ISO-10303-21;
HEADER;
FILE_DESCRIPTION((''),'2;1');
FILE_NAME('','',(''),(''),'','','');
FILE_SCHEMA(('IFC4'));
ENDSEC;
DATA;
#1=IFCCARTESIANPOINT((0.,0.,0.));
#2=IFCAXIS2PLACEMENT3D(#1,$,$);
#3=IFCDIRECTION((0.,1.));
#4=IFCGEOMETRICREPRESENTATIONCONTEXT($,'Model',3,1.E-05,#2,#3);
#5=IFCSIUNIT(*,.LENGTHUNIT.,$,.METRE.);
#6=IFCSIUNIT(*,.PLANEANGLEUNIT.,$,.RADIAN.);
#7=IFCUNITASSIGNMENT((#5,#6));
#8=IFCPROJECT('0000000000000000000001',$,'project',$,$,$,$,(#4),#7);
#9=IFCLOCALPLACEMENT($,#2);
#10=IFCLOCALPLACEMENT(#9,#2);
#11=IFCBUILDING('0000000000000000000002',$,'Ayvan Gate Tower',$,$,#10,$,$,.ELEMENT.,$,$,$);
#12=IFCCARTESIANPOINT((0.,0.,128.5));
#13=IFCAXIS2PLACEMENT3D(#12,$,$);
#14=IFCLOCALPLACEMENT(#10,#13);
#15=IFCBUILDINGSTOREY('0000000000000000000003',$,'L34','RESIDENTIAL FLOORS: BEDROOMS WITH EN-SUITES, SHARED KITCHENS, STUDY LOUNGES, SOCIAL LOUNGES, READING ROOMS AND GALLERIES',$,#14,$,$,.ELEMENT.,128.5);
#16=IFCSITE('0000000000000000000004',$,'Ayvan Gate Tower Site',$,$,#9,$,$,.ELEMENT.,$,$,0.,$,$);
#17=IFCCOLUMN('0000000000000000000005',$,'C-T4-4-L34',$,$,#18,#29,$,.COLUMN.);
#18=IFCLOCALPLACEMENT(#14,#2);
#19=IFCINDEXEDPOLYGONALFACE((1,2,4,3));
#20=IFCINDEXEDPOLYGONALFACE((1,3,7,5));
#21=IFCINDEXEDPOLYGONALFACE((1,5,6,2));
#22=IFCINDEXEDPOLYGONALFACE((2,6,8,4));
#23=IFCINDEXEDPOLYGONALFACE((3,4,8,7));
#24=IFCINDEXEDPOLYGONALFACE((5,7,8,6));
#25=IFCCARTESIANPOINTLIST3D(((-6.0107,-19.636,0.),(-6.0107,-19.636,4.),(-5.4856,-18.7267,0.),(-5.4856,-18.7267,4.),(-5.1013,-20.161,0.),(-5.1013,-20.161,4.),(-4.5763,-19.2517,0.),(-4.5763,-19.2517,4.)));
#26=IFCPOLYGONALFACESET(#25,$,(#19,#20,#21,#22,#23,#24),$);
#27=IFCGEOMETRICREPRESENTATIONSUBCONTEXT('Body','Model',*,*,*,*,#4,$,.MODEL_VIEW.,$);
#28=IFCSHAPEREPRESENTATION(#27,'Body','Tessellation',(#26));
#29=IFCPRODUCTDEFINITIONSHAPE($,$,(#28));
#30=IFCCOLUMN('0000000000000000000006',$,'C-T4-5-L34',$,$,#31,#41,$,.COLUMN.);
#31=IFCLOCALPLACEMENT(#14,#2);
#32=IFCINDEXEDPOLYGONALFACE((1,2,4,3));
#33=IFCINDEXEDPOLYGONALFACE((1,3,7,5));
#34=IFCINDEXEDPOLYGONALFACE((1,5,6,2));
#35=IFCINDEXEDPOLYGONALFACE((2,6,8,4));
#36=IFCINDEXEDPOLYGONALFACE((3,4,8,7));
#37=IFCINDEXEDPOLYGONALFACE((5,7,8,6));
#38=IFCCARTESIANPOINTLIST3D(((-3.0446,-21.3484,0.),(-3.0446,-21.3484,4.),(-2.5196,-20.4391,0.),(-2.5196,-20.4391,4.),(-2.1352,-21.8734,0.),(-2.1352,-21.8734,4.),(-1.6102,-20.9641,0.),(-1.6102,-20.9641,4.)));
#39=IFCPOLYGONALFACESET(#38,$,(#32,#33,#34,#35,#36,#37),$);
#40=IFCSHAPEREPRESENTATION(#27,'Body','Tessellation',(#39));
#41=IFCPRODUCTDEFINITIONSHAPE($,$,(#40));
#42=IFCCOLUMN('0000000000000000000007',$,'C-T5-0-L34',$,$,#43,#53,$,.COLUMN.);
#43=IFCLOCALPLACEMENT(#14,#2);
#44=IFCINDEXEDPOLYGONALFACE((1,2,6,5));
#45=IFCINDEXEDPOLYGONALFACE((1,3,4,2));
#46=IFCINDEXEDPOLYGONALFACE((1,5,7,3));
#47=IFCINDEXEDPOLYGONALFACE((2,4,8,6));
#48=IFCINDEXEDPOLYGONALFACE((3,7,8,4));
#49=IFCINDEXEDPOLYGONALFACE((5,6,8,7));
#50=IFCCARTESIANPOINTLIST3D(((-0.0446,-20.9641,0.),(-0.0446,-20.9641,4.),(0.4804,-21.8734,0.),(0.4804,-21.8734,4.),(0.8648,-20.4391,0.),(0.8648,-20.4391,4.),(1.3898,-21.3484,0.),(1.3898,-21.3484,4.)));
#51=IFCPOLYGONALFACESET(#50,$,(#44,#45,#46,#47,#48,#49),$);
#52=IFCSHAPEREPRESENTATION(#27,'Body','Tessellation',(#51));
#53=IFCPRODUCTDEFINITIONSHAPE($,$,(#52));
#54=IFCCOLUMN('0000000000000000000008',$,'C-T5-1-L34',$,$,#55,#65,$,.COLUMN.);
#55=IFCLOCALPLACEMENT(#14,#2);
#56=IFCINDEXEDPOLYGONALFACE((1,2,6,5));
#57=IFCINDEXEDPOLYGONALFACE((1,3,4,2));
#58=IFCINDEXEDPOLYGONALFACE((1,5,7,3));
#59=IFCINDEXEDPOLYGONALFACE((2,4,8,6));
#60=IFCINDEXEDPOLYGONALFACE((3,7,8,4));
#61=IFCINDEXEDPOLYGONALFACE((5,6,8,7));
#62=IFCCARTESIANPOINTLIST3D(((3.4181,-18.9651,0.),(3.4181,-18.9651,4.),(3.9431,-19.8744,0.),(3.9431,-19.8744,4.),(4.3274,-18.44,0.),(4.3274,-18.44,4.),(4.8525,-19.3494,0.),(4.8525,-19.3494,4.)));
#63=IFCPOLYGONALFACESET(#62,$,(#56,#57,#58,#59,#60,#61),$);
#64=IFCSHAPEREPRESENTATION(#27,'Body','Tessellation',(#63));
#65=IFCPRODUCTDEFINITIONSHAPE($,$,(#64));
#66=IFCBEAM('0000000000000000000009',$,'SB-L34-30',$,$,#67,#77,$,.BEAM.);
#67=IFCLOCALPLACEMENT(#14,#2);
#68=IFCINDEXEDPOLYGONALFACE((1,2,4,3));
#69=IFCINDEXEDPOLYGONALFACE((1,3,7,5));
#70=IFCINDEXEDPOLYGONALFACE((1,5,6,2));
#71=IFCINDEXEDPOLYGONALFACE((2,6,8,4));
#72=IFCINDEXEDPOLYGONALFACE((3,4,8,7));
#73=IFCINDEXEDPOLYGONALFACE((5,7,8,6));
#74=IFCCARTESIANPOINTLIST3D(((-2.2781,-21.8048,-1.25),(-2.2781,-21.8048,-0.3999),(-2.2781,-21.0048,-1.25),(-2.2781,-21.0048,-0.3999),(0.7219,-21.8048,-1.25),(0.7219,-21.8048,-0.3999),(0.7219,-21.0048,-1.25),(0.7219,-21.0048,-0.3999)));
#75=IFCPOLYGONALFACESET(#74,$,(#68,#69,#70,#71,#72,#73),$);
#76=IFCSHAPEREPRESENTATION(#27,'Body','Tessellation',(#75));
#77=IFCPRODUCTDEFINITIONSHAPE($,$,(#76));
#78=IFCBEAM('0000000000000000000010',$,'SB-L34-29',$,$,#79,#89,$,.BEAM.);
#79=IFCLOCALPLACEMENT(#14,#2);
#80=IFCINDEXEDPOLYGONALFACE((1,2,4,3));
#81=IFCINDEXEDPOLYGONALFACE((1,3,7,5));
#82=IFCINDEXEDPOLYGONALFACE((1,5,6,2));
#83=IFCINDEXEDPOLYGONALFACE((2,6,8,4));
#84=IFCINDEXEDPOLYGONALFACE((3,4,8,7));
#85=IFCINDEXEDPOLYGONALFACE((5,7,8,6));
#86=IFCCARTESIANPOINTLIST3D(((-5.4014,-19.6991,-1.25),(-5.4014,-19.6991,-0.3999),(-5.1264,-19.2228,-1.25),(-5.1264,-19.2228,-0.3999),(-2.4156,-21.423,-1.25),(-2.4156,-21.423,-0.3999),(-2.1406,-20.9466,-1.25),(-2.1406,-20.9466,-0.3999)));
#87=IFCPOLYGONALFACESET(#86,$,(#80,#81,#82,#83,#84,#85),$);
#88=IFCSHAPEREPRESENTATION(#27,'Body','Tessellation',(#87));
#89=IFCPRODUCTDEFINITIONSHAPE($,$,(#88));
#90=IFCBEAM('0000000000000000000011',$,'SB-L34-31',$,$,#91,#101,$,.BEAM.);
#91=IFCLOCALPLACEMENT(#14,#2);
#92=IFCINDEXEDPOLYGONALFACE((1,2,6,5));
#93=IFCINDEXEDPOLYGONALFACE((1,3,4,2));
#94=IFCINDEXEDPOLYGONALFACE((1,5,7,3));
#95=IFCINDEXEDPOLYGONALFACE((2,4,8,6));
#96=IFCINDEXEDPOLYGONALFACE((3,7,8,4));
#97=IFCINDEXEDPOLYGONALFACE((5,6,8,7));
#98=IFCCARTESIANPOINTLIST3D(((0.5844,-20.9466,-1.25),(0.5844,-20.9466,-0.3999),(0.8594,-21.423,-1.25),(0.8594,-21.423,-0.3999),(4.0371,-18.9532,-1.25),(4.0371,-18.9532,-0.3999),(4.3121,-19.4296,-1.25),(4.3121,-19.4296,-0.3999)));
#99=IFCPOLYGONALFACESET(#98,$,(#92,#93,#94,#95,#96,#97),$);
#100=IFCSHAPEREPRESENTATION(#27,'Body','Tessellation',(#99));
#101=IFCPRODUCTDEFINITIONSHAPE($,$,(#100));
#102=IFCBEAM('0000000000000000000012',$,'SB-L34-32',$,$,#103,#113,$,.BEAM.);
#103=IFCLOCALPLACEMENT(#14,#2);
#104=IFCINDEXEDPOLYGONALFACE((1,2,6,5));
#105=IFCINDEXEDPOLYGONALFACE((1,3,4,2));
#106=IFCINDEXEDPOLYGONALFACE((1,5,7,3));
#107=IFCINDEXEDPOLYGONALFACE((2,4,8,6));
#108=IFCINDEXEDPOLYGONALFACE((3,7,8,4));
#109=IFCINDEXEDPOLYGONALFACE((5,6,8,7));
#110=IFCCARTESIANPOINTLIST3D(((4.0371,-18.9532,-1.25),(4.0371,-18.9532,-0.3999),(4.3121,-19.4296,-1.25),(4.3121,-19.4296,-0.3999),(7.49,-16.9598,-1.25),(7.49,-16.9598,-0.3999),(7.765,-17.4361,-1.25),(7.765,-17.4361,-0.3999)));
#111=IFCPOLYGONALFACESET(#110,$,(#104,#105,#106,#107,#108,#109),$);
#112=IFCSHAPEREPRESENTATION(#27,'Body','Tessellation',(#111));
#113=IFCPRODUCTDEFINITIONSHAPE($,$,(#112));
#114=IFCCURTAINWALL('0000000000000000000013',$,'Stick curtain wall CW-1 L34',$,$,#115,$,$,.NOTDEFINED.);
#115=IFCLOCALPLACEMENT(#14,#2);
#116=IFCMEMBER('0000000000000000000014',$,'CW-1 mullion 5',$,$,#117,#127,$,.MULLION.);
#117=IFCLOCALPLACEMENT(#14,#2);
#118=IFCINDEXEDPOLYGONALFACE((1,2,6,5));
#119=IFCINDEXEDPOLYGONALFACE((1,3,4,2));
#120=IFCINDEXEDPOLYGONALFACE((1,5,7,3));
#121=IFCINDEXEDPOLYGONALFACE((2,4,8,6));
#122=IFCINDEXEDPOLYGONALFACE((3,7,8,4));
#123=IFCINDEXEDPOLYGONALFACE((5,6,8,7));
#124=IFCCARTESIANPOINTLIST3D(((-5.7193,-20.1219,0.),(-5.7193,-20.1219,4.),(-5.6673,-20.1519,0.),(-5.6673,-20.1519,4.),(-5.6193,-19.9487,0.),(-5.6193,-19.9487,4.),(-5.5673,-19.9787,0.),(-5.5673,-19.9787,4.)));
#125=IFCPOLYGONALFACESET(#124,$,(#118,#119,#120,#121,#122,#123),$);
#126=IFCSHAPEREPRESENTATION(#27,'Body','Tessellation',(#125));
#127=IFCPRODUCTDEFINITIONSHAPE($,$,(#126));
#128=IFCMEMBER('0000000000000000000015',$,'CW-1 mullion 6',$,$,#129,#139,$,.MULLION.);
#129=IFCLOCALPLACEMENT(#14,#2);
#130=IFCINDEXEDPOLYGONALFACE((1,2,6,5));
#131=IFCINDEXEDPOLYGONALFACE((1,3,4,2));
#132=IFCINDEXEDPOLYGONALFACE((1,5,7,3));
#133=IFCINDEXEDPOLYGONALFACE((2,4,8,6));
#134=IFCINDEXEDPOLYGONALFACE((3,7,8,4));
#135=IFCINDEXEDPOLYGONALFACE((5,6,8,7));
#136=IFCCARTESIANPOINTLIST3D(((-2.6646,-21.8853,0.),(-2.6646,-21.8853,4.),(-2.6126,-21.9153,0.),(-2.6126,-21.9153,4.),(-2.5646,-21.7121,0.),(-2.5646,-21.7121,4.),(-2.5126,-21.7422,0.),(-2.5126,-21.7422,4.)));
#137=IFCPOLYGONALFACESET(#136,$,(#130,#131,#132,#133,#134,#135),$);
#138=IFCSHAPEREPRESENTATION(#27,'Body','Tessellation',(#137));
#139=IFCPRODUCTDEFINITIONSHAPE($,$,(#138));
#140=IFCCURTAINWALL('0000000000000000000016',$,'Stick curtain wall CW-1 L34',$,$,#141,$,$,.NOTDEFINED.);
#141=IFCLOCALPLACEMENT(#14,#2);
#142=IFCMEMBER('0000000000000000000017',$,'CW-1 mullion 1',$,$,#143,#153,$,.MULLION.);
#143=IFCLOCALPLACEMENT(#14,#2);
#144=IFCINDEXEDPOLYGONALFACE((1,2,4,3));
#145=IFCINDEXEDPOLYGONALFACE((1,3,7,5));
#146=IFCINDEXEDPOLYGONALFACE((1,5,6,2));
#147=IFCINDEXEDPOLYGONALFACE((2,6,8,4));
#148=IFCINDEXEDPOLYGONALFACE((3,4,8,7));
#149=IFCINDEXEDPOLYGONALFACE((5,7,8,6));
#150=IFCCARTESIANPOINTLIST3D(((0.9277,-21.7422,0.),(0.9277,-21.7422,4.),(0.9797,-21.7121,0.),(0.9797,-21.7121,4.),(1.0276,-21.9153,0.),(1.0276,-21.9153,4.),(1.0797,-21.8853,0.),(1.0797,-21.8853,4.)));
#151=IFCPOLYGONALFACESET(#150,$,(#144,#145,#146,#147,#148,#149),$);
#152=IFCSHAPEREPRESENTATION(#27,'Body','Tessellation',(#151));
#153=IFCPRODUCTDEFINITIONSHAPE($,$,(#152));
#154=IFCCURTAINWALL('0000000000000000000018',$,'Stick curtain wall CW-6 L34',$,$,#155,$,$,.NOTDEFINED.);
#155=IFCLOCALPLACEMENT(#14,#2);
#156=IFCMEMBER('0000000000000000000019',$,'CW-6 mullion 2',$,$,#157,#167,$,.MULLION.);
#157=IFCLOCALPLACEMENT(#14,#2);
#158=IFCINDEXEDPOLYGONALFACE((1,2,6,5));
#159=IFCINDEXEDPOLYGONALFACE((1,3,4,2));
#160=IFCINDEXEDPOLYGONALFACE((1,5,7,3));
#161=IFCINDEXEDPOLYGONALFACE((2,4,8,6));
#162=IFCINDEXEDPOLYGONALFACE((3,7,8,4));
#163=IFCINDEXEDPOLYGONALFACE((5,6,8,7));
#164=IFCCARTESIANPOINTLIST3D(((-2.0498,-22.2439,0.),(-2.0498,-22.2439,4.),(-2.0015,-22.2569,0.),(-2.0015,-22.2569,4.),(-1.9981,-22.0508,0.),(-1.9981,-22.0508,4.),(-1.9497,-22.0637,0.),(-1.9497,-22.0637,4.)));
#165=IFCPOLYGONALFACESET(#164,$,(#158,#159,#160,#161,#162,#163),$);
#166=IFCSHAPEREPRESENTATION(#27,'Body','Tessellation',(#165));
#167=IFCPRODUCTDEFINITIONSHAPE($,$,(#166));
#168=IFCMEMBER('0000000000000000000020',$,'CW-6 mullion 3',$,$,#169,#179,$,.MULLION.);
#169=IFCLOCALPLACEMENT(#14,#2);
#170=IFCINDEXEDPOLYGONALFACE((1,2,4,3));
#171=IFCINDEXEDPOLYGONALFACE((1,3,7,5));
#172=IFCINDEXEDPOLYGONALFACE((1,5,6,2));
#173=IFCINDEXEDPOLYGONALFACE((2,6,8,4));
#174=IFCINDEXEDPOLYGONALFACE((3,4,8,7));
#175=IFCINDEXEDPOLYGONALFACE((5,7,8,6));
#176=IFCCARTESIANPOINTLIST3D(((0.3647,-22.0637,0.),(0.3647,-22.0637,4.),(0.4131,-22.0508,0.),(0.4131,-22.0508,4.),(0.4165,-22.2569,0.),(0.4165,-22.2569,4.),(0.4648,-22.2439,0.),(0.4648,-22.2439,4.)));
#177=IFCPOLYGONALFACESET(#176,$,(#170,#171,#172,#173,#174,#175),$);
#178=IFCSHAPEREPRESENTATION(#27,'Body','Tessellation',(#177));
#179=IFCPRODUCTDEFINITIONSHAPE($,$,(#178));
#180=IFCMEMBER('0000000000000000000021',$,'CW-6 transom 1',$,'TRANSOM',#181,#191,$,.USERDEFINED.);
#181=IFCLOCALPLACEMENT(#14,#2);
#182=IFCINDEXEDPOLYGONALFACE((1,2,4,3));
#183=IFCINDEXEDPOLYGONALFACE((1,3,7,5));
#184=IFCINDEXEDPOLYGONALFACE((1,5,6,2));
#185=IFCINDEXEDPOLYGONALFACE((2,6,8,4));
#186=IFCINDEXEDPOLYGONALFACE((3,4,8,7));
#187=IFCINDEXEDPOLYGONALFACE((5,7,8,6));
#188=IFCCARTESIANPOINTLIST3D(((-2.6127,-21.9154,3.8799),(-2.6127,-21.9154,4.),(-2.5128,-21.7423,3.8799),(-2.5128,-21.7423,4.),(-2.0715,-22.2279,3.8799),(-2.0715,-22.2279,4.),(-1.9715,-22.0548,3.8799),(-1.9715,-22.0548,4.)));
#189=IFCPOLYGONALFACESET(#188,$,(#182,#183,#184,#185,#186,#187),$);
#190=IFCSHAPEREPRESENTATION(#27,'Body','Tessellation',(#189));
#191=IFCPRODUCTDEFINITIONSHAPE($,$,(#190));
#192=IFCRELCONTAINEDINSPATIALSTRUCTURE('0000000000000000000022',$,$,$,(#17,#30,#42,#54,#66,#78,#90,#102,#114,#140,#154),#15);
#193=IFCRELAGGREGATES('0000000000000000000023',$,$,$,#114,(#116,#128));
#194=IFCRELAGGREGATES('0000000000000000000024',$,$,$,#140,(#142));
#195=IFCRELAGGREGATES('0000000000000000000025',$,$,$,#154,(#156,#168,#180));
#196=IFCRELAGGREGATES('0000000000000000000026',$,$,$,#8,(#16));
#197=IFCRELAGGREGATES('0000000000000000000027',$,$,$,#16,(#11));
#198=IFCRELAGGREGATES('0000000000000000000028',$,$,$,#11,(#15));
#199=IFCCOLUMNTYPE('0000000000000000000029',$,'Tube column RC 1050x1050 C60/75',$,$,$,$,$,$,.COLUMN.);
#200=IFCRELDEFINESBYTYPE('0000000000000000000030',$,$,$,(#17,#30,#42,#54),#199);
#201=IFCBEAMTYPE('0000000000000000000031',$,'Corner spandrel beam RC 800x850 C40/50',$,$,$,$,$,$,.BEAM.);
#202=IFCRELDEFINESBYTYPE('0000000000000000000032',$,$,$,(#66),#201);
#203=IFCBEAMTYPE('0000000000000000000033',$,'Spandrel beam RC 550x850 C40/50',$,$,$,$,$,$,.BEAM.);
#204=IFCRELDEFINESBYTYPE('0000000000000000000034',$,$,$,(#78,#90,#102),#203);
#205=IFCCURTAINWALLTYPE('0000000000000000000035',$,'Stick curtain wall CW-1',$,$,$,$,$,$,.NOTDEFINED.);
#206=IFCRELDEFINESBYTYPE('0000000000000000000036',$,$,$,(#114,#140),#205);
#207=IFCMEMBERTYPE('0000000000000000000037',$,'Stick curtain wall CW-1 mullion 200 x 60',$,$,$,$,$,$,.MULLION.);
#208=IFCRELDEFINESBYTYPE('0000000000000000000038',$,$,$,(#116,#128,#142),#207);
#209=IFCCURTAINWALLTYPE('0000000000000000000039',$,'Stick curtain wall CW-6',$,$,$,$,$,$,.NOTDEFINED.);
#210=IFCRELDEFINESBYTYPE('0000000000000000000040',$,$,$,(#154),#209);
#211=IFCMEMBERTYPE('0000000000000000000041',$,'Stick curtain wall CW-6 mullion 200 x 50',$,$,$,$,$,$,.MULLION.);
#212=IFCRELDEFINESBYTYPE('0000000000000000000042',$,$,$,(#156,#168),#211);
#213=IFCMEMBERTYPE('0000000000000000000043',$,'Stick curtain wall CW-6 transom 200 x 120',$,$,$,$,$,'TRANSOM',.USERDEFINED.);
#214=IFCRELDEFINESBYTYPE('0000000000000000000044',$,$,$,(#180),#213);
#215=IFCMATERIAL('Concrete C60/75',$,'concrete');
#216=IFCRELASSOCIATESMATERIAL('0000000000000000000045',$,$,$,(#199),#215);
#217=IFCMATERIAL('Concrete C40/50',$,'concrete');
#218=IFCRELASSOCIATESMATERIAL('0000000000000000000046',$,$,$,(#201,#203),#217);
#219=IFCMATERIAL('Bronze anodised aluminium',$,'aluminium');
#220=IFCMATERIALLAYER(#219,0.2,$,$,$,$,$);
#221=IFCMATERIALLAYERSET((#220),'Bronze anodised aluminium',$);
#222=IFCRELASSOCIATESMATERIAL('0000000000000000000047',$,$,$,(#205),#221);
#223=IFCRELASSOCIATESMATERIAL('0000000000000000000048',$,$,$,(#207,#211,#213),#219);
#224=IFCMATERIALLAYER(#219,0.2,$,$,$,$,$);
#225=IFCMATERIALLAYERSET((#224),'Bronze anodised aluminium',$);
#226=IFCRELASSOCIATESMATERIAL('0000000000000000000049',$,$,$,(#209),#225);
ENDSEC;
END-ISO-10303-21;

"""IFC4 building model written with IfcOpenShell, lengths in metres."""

from ifc_helpers import new_model, si_unit, direction, frame, origin, origin_2d, place, context, subcontext, project, spatial, rectangle, extrude, material, layer, layer_set, material_profile, profile_set, type_object, element, aggregate, save


model = new_model("IFC4")

# Units and contexts
model_context = context("Model", 3, precision=1e-05, world=origin(), true_north=direction((0.0, 1.0)))
body_context = subcontext(model_context, "Body", "Model", "MODEL_VIEW")
ifc_project = project(units=[si_unit("LENGTHUNIT", "METRE"), si_unit("PLANEANGLEUNIT", "RADIAN")], contexts=[model_context])

# Site, building, storey
site_placement = place(None, origin())
site = spatial("IfcSite", under=ifc_project, at=site_placement, Name="Ayvan Gate Tower Site", CompositionType="ELEMENT", RefElevation=0.0)
building_placement = place(site_placement, origin())
building = spatial("IfcBuilding", under=site, at=building_placement, Name="Ayvan Gate Tower", CompositionType="ELEMENT")
storey_placement = place(building_placement, frame((0.0, 0.0, 128.5)))
storey = spatial("IfcBuildingStorey", under=building, at=storey_placement, Name="L34", Description="RESIDENTIAL FLOORS: BEDROOMS WITH EN-SUITES, SHARED KITCHENS, STUDY LOUNGES, SOCIAL LOUNGES, READING ROOMS AND GALLERIES", CompositionType="ELEMENT", Elevation=128.5)

# Columns
ifc_material_1 = material(Name="Concrete C60/75", Category="concrete")
ifc_material_profile_1 = material_profile(ifc_material_1, rectangle(XDim=1.05, YDim=1.05, at=origin_2d()), Name="RC 1050x1050")
ifc_profile_set_1 = profile_set([ifc_material_profile_1], Name="Concrete C60/75")
column_type = type_object("IfcColumnType", Name="Tube column RC 1050x1050 C60/75", PredefinedType="COLUMN", material=ifc_profile_set_1)
for number, where, z_axis, x_axis, name in (
    (1, (-5.2935, -19.4438, 0.0), (0.0, 0.0, 1.0), (-0.5, -0.866025, 0.0), "C-T4-4-L34"),
    (2, (-2.3274, -21.1562, 0.0), (0.0, 0.0, 1.0), (-0.5, -0.866025, 0.0), "C-T4-5-L34"),
    (3, (0.6726, -21.1562, 0.0), (0.0, 0.0, 1.0), (0.5, -0.866025, 0.0), "C-T5-0-L34"),
    (4, (4.1353, -19.1572, 0.0), (0.0, 0.0, 1.0), (0.5, -0.866025, 0.0), "C-T5-1-L34"),
):
    element("IfcColumn", number, at=place(storey_placement, frame(where, z_axis=z_axis, x_axis=x_axis)), inside=storey, type_object=column_type, Name=name, PredefinedType="COLUMN", context=body_context, shape_type="SweptSolid", body=[
        extrude(rectangle(XDim=1.05, YDim=1.05, at=origin_2d()), origin(), (0.0, 0.0, 1.0), 4.0),
    ])

# Beams
ifc_material_2 = material(Name="Concrete C40/50", Category="concrete")
ifc_material_profile_2 = material_profile(ifc_material_2, rectangle(XDim=0.8, YDim=0.8501, at=origin_2d()), Name="RC 800x850")
ifc_profile_set_2 = profile_set([ifc_material_profile_2], Name="Concrete C40/50")
beam_type_1 = type_object("IfcBeamType", Name="Corner spandrel beam RC 800x850 C40/50", PredefinedType="BEAM", material=ifc_profile_set_2)
beam_1_placement = place(storey_placement, frame((-2.2781, -21.4048, -0.825), z_axis=(1.0, 0.0, 0.0), x_axis=(0.0, 1.0, 0.0)))
element("IfcBeam", 5, at=beam_1_placement, inside=storey, type_object=beam_type_1, Name="SB-L34-30", PredefinedType="BEAM", context=body_context, shape_type="SweptSolid", body=[
    extrude(rectangle(XDim=0.8, YDim=0.8501, at=origin_2d()), origin(), (0.0, 0.0, 1.0), 3.0),
])
ifc_material_profile_3 = material_profile(ifc_material_2, rectangle(XDim=0.55, YDim=0.8501, at=origin_2d()), Name="RC 550x850")
ifc_profile_set_3 = profile_set([ifc_material_profile_3], Name="Concrete C40/50")
beam_type_2 = type_object("IfcBeamType", Name="Spandrel beam RC 550x850 C40/50", PredefinedType="BEAM", material=ifc_profile_set_3)
beam_2_placement = place(storey_placement, frame((-5.2639, -19.4609, -0.825), z_axis=(0.866025, -0.5, 0.0), x_axis=(0.5, 0.866025, 0.0)))
element("IfcBeam", 6, at=beam_2_placement, inside=storey, type_object=beam_type_2, Name="SB-L34-29", PredefinedType="BEAM", context=body_context, shape_type="SweptSolid", body=[
    extrude(rectangle(XDim=0.55, YDim=0.8501, at=origin_2d()), origin(), (0.0, 0.0, 1.0), 3.4478),
])
beam_3_placement = place(storey_placement, frame((0.7219, -21.1848, -0.825), z_axis=(0.866022, 0.500005, 0.0), x_axis=(-0.500005, 0.866022, 0.0)))
element("IfcBeam", 7, at=beam_3_placement, inside=storey, type_object=beam_type_2, Name="SB-L34-31", PredefinedType="BEAM", context=body_context, shape_type="SweptSolid", body=[
    extrude(rectangle(XDim=0.55, YDim=0.8501, at=origin_2d()), origin(), (0.0, 0.0, 1.0), 3.9868),
])
beam_4_placement = place(storey_placement, frame((4.1746, -19.1914, -0.825), z_axis=(0.866038, 0.499979, 0.0), x_axis=(-0.499979, 0.866038, 0.0)))
element("IfcBeam", 8, at=beam_4_placement, inside=storey, type_object=beam_type_2, Name="SB-L34-32", PredefinedType="BEAM", context=body_context, shape_type="SweptSolid", body=[
    extrude(rectangle(XDim=0.55, YDim=0.8501, at=origin_2d()), origin(), (0.0, 0.0, 1.0), 3.9871),
])

# Curtain wall, members
ifc_material_3 = material(Name="Bronze anodised aluminium", Category="aluminium")
ifc_layer_1 = layer(ifc_material_3, 0.2)
ifc_layer_set_1 = layer_set([ifc_layer_1], Name="Bronze anodised aluminium")
curtain_wall_type_1 = type_object("IfcCurtainWallType", Name="Stick curtain wall CW-1", PredefinedType="NOTDEFINED", material=ifc_layer_set_1)
curtain_wall_1_placement = place(storey_placement, origin())
curtain_wall_1 = element("IfcCurtainWall", 9, at=curtain_wall_1_placement, inside=storey, type_object=curtain_wall_type_1, Name="Stick curtain wall CW-1 L34", PredefinedType="NOTDEFINED")
ifc_material_profile_4 = material_profile(ifc_material_3, rectangle(XDim=0.2, YDim=0.0601, at=origin_2d()), Name="Stick curtain wall CW-1 mullion 200 x 60")
ifc_profile_set_4 = profile_set([ifc_material_profile_4], Name="Bronze anodised aluminium")
member_type_1 = type_object("IfcMemberType", Name="Stick curtain wall CW-1 mullion 200 x 60", PredefinedType="MULLION", material=ifc_profile_set_4)
member_1_placement = place(storey_placement, frame((-5.6433, -20.0503, 0.0), z_axis=(0.0, 0.0, 1.0), x_axis=(-0.5, -0.866025, 0.0)))
member_1 = element("IfcMember", 10, at=member_1_placement, type_object=member_type_1, Name="CW-1 mullion 5", PredefinedType="MULLION", context=body_context, shape_type="SweptSolid", body=[
    extrude(rectangle(XDim=0.2, YDim=0.0601, at=origin_2d()), origin(), (0.0, 0.0, 1.0), 4.0),
])
member_2_placement = place(storey_placement, frame((-2.5886, -21.8137, 0.0), z_axis=(0.0, 0.0, 1.0), x_axis=(-0.5, -0.866025, 0.0)))
member_2 = element("IfcMember", 11, at=member_2_placement, type_object=member_type_1, Name="CW-1 mullion 6", PredefinedType="MULLION", context=body_context, shape_type="SweptSolid", body=[
    extrude(rectangle(XDim=0.2, YDim=0.0601, at=origin_2d()), origin(), (0.0, 0.0, 1.0), 4.0),
])

# Curtain wall, member
curtain_wall_2_placement = place(storey_placement, origin())
curtain_wall_2 = element("IfcCurtainWall", 12, at=curtain_wall_2_placement, inside=storey, type_object=curtain_wall_type_1, Name="Stick curtain wall CW-1 L34", PredefinedType="NOTDEFINED")
member_3_placement = place(storey_placement, frame((1.0037, -21.8137, 0.0), z_axis=(0.0, 0.0, 1.0), x_axis=(0.5, -0.866025, 0.0)))
member_3 = element("IfcMember", 13, at=member_3_placement, type_object=member_type_1, Name="CW-1 mullion 1", PredefinedType="MULLION", context=body_context, shape_type="SweptSolid", body=[
    extrude(rectangle(XDim=0.2, YDim=0.0601, at=origin_2d()), origin(), (0.0, 0.0, 1.0), 4.0),
])

# Curtain wall, members
ifc_layer_2 = layer(ifc_material_3, 0.2)
ifc_layer_set_2 = layer_set([ifc_layer_2], Name="Bronze anodised aluminium")
curtain_wall_type_2 = type_object("IfcCurtainWallType", Name="Stick curtain wall CW-6", PredefinedType="NOTDEFINED", material=ifc_layer_set_2)
curtain_wall_3_placement = place(storey_placement, origin())
curtain_wall_3 = element("IfcCurtainWall", 14, at=curtain_wall_3_placement, inside=storey, type_object=curtain_wall_type_2, Name="Stick curtain wall CW-6 L34", PredefinedType="NOTDEFINED")
ifc_material_profile_5 = material_profile(ifc_material_3, rectangle(XDim=0.2, YDim=0.05, at=origin_2d()), Name="Stick curtain wall CW-6 mullion 200 x 50")
ifc_profile_set_5 = profile_set([ifc_material_profile_5], Name="Bronze anodised aluminium")
member_type_2 = type_object("IfcMemberType", Name="Stick curtain wall CW-6 mullion 200 x 50", PredefinedType="MULLION", material=ifc_profile_set_5)
member_4_placement = place(storey_placement, frame((-1.9998, -22.1538, 0.0), z_axis=(0.0, 0.0, 1.0), x_axis=(-0.258819, -0.965926, 0.0)))
member_4 = element("IfcMember", 15, at=member_4_placement, type_object=member_type_2, Name="CW-6 mullion 2", PredefinedType="MULLION", context=body_context, shape_type="SweptSolid", body=[
    extrude(rectangle(XDim=0.2, YDim=0.05, at=origin_2d()), origin(), (0.0, 0.0, 1.0), 4.0),
])
member_5_placement = place(storey_placement, frame((0.4148, -22.1538, 0.0), z_axis=(0.0, 0.0, 1.0), x_axis=(0.258819, -0.965926, 0.0)))
member_5 = element("IfcMember", 16, at=member_5_placement, type_object=member_type_2, Name="CW-6 mullion 3", PredefinedType="MULLION", context=body_context, shape_type="SweptSolid", body=[
    extrude(rectangle(XDim=0.2, YDim=0.05, at=origin_2d()), origin(), (0.0, 0.0, 1.0), 4.0),
])
ifc_material_profile_6 = material_profile(ifc_material_3, rectangle(XDim=0.2, YDim=0.1201, at=origin_2d()), Name="Stick curtain wall CW-6 transom 200 x 120")
ifc_profile_set_6 = profile_set([ifc_material_profile_6], Name="Bronze anodised aluminium")
member_type_3 = type_object("IfcMemberType", Name="Stick curtain wall CW-6 transom 200 x 120", ElementType="TRANSOM", PredefinedType="USERDEFINED", material=ifc_profile_set_6)
member_6_placement = place(storey_placement, frame((-2.5627, -21.8289, 3.9399), z_axis=(0.866023, -0.500004, 0.0), x_axis=(0.500004, 0.866023, 0.0)))
member_6 = element("IfcMember", 17, at=member_6_placement, type_object=member_type_3, Name="CW-6 transom 1", ObjectType="TRANSOM", PredefinedType="USERDEFINED", context=body_context, shape_type="SweptSolid", body=[
    extrude(rectangle(XDim=0.2, YDim=0.1201, at=origin_2d()), origin(), (0.0, 0.0, 1.0), 0.625),
])

aggregate(curtain_wall_1, [member_1, member_2])
aggregate(curtain_wall_2, [member_3])
aggregate(curtain_wall_3, [member_4, member_5, member_6])

save(model, "model.ifc")
